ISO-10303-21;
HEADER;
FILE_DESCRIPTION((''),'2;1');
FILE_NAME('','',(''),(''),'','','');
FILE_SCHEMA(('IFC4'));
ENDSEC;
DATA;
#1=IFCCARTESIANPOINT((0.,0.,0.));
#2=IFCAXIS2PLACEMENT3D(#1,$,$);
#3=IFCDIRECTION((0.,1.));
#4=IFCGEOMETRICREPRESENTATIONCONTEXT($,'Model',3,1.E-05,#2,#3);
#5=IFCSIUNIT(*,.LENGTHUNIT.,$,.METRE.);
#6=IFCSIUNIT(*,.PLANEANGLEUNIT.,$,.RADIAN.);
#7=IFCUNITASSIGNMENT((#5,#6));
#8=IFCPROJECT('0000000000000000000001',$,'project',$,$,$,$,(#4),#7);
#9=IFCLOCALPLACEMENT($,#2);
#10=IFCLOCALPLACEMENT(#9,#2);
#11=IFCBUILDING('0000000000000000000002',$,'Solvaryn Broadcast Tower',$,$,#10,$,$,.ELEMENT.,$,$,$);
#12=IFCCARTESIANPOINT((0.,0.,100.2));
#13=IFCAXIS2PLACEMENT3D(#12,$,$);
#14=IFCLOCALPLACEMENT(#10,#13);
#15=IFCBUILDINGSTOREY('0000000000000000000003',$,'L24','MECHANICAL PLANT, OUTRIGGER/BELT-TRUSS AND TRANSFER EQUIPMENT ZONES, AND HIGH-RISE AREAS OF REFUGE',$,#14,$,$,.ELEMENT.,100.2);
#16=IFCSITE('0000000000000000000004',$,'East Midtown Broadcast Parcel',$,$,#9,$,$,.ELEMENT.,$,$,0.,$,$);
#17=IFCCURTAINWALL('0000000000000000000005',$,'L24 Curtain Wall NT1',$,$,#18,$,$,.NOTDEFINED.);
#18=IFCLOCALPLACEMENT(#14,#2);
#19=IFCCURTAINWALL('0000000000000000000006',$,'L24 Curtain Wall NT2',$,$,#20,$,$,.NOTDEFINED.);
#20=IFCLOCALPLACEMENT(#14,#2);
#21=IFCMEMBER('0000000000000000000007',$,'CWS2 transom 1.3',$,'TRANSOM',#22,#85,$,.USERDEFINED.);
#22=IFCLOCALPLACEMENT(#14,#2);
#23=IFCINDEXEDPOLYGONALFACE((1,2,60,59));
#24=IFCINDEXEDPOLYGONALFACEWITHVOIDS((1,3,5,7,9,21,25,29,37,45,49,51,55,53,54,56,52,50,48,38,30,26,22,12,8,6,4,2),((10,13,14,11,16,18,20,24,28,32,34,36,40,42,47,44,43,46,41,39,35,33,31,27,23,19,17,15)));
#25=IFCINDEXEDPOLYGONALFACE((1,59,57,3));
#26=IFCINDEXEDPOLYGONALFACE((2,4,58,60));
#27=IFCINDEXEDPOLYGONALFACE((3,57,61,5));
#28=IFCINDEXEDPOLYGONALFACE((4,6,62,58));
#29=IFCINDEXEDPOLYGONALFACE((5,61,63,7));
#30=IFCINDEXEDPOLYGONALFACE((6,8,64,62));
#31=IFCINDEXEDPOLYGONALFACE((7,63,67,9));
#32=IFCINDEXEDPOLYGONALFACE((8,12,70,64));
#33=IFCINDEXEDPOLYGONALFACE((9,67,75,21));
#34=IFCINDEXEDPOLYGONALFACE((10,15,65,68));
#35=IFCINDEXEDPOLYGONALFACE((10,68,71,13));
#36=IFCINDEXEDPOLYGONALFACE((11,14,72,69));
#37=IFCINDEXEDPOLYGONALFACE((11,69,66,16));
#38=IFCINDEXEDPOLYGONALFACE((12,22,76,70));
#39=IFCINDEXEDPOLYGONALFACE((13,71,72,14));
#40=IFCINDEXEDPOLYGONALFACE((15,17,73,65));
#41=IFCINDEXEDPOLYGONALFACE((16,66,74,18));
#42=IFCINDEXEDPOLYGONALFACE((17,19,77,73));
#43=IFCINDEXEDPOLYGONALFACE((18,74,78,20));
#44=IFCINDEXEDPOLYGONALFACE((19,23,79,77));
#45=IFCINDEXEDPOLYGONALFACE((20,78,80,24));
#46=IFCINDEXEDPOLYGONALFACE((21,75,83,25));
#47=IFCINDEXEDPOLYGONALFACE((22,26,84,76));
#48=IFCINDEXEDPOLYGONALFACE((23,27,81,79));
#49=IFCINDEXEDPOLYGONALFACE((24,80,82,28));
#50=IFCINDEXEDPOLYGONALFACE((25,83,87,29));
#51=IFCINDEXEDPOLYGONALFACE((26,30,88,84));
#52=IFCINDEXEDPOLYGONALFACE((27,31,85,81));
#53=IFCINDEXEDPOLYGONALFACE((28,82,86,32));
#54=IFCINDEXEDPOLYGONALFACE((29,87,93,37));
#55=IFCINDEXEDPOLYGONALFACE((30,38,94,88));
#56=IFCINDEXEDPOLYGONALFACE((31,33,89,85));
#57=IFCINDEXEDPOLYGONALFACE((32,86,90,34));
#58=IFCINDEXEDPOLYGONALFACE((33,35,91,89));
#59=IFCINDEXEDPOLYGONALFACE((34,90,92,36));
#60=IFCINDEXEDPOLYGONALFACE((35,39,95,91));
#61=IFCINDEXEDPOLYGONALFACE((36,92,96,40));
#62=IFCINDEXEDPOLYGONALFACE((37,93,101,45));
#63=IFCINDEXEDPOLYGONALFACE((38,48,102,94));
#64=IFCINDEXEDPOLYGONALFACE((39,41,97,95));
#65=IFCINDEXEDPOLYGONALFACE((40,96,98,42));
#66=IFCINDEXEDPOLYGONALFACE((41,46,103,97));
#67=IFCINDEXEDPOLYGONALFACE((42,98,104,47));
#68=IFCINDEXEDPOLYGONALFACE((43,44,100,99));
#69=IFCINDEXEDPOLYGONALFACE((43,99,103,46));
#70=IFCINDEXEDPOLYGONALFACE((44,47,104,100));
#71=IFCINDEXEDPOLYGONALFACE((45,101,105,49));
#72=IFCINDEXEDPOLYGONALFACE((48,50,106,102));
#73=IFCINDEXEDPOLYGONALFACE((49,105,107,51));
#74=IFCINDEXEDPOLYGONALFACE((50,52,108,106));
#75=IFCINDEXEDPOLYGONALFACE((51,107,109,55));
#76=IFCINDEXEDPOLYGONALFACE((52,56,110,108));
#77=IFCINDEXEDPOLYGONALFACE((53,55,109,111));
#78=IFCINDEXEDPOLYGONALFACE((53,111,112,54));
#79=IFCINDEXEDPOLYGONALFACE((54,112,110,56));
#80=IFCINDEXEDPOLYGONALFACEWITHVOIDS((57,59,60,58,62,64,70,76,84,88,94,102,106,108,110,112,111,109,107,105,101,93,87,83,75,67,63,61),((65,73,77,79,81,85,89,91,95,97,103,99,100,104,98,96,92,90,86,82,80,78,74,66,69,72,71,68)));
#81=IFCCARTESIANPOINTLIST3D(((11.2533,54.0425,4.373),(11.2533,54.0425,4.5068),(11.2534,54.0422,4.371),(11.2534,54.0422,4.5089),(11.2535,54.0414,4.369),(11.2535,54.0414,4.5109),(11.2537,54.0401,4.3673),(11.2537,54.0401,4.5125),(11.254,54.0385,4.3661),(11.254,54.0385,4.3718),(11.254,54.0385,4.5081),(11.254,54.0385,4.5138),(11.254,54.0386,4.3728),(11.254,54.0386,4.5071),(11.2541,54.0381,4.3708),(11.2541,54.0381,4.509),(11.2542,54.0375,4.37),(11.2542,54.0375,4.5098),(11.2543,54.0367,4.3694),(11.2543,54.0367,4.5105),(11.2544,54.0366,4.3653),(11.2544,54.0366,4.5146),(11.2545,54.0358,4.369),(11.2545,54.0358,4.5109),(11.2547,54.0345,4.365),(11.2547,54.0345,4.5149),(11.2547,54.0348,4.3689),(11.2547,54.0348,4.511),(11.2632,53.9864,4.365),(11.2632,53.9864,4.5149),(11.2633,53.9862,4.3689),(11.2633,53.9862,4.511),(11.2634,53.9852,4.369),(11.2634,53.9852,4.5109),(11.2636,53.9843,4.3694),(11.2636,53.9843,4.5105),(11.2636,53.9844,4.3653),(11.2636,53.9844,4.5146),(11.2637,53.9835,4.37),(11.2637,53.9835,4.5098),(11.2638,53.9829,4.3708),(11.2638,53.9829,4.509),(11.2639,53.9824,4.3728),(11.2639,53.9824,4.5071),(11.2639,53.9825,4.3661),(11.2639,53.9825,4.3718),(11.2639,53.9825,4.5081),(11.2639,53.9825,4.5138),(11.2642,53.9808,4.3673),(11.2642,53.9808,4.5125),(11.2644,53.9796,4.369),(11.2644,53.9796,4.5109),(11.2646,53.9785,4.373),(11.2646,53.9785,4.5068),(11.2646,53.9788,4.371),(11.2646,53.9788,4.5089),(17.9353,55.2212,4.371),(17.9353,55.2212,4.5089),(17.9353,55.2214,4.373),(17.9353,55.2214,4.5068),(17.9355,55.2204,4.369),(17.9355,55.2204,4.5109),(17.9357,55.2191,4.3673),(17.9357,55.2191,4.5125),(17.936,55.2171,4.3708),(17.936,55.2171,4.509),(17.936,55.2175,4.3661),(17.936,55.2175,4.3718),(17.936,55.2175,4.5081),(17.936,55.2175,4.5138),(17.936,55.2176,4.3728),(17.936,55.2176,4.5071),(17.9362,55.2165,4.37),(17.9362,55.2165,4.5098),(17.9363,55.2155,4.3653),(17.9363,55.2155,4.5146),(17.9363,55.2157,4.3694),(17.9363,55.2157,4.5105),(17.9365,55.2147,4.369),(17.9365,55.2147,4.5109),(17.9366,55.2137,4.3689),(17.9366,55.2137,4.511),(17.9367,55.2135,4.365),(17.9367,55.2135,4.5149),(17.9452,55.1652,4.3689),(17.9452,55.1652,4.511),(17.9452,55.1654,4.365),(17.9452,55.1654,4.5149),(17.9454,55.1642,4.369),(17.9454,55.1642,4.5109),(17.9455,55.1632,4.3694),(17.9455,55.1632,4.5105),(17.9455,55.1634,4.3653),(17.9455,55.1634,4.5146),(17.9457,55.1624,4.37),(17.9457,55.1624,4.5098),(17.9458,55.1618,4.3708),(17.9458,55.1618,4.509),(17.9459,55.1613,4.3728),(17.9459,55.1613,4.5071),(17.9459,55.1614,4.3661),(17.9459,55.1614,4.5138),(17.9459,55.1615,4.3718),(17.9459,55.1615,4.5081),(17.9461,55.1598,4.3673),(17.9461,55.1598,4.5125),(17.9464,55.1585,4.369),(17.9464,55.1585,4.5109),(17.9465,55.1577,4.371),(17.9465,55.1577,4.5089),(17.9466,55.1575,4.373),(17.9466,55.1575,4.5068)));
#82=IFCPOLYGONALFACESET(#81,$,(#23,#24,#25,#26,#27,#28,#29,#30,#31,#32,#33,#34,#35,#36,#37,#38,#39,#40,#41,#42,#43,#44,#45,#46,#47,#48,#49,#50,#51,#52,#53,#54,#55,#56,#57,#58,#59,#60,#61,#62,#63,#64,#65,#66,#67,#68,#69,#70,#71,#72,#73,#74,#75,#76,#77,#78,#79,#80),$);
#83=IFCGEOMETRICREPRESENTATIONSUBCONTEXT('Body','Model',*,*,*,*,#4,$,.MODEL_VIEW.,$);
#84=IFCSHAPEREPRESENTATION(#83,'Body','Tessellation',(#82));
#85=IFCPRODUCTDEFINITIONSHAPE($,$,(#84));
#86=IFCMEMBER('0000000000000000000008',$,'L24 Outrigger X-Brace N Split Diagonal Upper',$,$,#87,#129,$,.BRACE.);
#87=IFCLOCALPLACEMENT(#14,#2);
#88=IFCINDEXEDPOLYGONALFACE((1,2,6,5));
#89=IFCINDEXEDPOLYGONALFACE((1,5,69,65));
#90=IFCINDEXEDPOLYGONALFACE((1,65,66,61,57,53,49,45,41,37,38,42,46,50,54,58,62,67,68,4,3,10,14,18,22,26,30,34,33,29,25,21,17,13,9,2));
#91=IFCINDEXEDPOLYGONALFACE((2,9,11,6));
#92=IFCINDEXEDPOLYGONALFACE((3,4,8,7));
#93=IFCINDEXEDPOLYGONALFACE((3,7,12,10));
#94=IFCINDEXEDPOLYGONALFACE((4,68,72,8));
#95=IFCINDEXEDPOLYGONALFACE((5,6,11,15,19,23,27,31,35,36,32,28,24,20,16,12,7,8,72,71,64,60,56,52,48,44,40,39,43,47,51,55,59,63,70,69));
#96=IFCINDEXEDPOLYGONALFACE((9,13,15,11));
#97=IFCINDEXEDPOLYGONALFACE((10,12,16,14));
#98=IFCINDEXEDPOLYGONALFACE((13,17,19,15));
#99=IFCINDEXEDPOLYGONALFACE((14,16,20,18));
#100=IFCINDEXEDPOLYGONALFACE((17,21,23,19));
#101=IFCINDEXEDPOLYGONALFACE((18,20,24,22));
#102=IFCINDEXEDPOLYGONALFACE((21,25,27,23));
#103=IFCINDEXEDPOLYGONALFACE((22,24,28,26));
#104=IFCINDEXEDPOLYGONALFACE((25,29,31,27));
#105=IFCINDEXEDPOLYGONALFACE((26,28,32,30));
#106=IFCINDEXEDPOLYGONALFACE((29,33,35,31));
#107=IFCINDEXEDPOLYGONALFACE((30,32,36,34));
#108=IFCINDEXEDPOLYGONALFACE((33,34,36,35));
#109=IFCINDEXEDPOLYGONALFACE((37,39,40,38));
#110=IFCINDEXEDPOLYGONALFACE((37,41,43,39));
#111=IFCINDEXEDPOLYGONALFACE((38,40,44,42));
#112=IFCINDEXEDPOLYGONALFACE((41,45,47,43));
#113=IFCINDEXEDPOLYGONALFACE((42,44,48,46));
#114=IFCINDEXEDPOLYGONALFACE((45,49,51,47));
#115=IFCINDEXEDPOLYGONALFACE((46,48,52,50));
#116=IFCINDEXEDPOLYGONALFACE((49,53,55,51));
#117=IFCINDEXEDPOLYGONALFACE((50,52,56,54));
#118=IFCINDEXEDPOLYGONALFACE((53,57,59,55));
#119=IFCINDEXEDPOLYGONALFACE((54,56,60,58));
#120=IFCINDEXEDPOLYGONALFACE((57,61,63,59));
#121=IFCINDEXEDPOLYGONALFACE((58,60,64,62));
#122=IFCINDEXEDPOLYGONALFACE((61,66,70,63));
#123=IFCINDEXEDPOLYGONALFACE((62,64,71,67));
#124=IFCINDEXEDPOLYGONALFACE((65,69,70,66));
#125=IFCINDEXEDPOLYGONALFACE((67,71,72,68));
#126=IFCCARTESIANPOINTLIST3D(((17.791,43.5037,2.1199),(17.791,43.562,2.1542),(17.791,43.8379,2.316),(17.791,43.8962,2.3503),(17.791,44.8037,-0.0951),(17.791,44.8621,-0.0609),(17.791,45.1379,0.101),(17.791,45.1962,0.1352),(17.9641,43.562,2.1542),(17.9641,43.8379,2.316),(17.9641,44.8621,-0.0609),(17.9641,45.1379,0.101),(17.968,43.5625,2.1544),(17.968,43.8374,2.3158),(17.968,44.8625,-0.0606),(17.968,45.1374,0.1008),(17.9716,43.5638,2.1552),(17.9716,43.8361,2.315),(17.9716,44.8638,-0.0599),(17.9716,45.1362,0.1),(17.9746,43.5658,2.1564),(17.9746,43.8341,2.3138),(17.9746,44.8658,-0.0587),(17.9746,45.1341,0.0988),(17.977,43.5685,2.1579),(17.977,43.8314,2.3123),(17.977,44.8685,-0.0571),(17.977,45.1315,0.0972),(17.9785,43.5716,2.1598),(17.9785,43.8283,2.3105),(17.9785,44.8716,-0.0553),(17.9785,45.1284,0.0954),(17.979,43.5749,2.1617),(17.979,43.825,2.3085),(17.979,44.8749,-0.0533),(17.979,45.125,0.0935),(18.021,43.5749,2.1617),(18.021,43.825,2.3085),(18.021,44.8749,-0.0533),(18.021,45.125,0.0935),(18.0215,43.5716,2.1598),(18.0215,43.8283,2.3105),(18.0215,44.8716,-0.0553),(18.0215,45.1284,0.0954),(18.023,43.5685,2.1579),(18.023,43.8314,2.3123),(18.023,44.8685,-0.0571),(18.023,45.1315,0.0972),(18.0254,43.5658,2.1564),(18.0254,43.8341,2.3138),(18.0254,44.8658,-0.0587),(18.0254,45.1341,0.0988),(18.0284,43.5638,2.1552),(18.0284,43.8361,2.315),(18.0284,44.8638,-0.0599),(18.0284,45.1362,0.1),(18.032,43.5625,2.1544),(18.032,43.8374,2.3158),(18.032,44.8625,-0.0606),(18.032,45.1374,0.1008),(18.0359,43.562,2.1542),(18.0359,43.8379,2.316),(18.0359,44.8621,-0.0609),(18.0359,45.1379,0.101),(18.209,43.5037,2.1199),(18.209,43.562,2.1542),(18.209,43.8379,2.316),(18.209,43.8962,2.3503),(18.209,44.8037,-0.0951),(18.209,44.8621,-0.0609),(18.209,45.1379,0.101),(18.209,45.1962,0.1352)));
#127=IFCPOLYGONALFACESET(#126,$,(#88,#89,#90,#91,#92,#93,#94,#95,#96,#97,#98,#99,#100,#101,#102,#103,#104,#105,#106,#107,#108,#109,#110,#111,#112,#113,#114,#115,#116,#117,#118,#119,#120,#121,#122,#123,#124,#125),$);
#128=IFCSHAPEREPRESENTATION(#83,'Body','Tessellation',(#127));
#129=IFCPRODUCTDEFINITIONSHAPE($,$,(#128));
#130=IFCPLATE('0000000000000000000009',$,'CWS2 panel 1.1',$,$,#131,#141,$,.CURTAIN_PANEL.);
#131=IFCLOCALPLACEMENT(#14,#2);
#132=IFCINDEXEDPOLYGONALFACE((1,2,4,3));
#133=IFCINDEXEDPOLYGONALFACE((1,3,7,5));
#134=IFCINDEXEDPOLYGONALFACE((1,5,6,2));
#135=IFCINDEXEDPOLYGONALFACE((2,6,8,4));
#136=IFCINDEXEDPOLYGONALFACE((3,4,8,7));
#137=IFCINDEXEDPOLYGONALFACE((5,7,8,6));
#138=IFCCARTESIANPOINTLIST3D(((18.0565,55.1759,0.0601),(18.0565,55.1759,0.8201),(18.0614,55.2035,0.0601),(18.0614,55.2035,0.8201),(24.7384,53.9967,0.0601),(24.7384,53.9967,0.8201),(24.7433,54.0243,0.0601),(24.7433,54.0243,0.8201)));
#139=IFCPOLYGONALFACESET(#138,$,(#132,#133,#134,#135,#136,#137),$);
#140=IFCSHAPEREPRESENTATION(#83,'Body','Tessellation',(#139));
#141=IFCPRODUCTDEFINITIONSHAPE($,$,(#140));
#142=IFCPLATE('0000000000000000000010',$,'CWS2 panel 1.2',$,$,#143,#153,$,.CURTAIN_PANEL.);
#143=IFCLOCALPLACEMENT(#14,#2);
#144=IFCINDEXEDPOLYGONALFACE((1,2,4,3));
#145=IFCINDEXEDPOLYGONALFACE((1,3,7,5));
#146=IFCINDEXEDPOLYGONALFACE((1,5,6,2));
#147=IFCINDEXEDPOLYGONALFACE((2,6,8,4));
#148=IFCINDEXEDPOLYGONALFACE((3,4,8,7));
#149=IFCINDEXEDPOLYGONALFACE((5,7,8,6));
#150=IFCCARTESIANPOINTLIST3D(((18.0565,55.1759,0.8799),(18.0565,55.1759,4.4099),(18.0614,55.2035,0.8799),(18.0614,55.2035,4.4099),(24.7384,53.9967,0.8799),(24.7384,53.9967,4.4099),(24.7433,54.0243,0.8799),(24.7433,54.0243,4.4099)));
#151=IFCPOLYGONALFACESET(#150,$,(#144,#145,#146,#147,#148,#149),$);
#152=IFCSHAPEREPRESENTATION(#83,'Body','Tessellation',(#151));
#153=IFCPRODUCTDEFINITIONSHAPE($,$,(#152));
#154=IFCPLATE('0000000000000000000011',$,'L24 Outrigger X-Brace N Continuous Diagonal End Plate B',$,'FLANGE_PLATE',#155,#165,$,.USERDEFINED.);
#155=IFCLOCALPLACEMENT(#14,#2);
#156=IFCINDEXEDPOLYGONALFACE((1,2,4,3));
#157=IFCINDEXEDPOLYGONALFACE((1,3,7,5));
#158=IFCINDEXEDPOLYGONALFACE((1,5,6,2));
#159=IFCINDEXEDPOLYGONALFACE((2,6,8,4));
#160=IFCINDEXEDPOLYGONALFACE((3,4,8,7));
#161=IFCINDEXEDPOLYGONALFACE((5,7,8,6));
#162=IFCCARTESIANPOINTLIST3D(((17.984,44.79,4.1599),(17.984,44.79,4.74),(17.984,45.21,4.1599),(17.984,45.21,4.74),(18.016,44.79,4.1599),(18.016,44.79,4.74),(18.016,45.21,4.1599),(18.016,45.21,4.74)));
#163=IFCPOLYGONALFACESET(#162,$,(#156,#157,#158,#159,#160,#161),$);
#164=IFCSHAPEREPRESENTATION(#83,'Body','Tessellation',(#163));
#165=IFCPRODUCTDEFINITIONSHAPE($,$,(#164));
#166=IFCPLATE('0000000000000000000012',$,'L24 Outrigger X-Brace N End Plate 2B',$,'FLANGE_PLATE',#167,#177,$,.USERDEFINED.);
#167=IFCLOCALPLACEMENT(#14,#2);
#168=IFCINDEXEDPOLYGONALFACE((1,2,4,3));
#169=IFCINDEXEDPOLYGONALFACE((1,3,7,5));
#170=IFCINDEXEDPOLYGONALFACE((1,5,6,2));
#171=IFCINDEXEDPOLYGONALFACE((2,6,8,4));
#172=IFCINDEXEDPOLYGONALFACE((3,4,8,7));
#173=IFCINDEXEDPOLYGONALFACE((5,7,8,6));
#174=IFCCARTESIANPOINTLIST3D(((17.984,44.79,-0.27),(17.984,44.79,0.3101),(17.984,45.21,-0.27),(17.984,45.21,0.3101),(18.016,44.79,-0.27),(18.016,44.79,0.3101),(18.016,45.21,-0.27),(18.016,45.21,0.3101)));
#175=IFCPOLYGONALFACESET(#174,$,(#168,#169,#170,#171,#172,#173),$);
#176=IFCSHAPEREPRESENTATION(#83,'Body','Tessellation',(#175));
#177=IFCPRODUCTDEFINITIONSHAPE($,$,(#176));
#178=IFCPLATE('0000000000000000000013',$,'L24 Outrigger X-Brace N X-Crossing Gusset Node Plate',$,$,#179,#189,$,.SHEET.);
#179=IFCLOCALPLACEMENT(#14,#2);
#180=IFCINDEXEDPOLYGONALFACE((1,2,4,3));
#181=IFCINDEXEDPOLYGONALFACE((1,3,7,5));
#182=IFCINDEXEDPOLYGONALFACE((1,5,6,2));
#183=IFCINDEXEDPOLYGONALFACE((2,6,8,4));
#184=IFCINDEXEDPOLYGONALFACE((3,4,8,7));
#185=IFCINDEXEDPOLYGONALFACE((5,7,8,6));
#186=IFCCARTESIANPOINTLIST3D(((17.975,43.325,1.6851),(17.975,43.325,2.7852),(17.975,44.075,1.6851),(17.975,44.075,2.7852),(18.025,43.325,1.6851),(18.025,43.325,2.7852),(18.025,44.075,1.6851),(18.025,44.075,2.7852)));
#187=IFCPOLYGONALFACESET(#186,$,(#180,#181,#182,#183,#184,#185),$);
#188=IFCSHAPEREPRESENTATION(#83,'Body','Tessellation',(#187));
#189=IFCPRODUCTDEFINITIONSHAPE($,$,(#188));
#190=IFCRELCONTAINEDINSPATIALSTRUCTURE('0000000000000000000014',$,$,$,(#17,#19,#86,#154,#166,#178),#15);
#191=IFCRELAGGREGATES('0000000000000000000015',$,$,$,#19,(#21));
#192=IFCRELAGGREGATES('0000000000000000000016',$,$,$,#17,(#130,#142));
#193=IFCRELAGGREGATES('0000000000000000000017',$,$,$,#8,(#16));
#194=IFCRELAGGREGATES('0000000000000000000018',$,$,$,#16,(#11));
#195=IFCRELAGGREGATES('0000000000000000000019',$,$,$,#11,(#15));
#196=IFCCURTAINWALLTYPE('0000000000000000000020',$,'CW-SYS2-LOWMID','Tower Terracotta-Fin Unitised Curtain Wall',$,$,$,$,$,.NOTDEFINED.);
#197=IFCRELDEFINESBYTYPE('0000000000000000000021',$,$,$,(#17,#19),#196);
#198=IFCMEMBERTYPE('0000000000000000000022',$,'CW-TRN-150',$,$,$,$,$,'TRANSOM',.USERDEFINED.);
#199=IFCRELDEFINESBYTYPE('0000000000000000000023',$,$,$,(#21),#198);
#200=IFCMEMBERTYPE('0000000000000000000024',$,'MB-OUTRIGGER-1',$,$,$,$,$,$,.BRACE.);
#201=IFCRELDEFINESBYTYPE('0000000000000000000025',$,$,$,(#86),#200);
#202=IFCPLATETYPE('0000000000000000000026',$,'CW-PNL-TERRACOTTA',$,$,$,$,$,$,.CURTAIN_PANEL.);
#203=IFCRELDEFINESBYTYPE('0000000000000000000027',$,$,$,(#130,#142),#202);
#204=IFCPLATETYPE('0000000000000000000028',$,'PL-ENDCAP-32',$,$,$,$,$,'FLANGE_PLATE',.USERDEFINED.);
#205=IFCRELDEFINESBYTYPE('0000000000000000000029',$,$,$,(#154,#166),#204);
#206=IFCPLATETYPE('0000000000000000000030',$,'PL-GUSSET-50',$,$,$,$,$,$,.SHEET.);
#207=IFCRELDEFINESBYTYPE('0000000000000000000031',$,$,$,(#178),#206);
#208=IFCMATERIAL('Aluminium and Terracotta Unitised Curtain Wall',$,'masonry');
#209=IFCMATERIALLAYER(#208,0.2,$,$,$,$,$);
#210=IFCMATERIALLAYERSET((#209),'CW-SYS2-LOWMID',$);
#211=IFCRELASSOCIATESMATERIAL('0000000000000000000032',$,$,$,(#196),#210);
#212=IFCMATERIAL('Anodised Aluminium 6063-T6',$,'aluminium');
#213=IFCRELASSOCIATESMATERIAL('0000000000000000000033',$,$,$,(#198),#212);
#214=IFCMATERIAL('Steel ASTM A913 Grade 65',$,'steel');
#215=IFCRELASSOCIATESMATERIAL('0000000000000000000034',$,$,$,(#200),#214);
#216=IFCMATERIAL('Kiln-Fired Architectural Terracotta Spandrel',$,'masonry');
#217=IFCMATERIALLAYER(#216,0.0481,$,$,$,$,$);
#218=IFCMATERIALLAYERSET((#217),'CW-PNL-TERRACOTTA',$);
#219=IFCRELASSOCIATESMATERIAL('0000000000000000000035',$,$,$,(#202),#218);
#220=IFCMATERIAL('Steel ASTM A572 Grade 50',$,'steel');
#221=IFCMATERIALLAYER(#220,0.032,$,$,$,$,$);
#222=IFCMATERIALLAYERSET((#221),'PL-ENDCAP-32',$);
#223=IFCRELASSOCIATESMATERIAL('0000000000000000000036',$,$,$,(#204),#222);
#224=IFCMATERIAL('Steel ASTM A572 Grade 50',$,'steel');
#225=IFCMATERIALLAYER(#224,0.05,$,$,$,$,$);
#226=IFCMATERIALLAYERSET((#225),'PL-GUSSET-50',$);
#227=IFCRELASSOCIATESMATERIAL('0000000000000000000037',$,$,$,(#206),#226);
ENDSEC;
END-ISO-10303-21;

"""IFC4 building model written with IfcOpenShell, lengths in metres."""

from ifc_helpers import new_model, si_unit, direction, frame, origin, origin_2d, place, context, subcontext, project, spatial, rectangle, hollow_rectangle, i_section, extrude, material, layer, layer_set, material_profile, profile_set, type_object, element, aggregate, save


model = new_model("IFC4")

# Units and contexts
model_context = context("Model", 3, precision=1e-05, world=origin(), true_north=direction((0.0, 1.0)))
body_context = subcontext(model_context, "Body", "Model", "MODEL_VIEW")
ifc_project = project(units=[si_unit("LENGTHUNIT", "METRE"), si_unit("PLANEANGLEUNIT", "RADIAN")], contexts=[model_context])

# Site, building, storey
site_placement = place(None, origin())
site = spatial("IfcSite", under=ifc_project, at=site_placement, Name="East Midtown Broadcast Parcel", CompositionType="ELEMENT", RefElevation=0.0)
building_placement = place(site_placement, origin())
building = spatial("IfcBuilding", under=site, at=building_placement, Name="Solvaryn Broadcast Tower", CompositionType="ELEMENT")
storey_placement = place(building_placement, frame((0.0, 0.0, 100.2)))
storey = spatial("IfcBuildingStorey", under=building, at=storey_placement, Name="L24", Description="MECHANICAL PLANT, OUTRIGGER/BELT-TRUSS AND TRANSFER EQUIPMENT ZONES, AND HIGH-RISE AREAS OF REFUGE", CompositionType="ELEMENT", Elevation=100.2)

# Curtain wall
ifc_material_1 = material(Name="Aluminium and Terracotta Unitised Curtain Wall", Category="masonry")
ifc_layer_1 = layer(ifc_material_1, 0.2)
ifc_layer_set_1 = layer_set([ifc_layer_1], Name="CW-SYS2-LOWMID")
curtain_wall_type = type_object("IfcCurtainWallType", Name="CW-SYS2-LOWMID", Description="Tower Terracotta-Fin Unitised Curtain Wall", PredefinedType="NOTDEFINED", material=ifc_layer_set_1)
curtain_wall_1_placement = place(storey_placement, origin())
curtain_wall_1 = element("IfcCurtainWall", 1, at=curtain_wall_1_placement, inside=storey, type_object=curtain_wall_type, Name="L24 Curtain Wall NT1", PredefinedType="NOTDEFINED")

# Curtain wall
curtain_wall_2_placement = place(storey_placement, origin())
curtain_wall_2 = element("IfcCurtainWall", 2, at=curtain_wall_2_placement, inside=storey, type_object=curtain_wall_type, Name="L24 Curtain Wall NT2", PredefinedType="NOTDEFINED")

# Members
ifc_material_2 = material(Name="Anodised Aluminium 6063-T6", Category="aluminium")
ifc_material_profile_1 = material_profile(ifc_material_2, hollow_rectangle(XDim=0.0649, YDim=0.1499, WallThickness=0.0039, InnerFilletRadius=0.0039, OuterFilletRadius=0.0081, at=origin_2d()))
ifc_profile_set_1 = profile_set([ifc_material_profile_1], Name="Anodised Aluminium 6063-T6")
member_type_1 = type_object("IfcMemberType", Name="CW-TRN-150", ElementType="TRANSOM", PredefinedType="USERDEFINED", material=ifc_profile_set_1)
member_1_placement = place(storey_placement, frame((17.9409, 55.1895, 4.4399), z_axis=(-0.984789, -0.173757, 0.0), x_axis=(0.173757, -0.984789, 0.0)))
member_1 = element("IfcMember", 3, at=member_1_placement, type_object=member_type_1, Name="CWS2 transom 1.3", ObjectType="TRANSOM", PredefinedType="USERDEFINED", context=body_context, shape_type="SweptSolid", body=[
    extrude(hollow_rectangle(XDim=0.0649, YDim=0.1499, WallThickness=0.0039, InnerFilletRadius=0.0039, OuterFilletRadius=0.0081, at=origin_2d()), origin(), (0.0, 0.0, 1.0), 6.7852),
])
aggregate(curtain_wall_2, [member_1])
ifc_material_3 = material(Name="Steel ASTM A913 Grade 65", Category="steel")
ifc_material_profile_2 = material_profile(ifc_material_3, i_section(OverallWidth=0.418, OverallDepth=0.4551, WebThickness=0.042, FlangeThickness=0.0676, FilletRadius=0.0149, at=origin_2d()))
ifc_profile_set_2 = profile_set([ifc_material_profile_2], Name="Steel ASTM A913 Grade 65")
member_type_2 = type_object("IfcMemberType", Name="MB-OUTRIGGER-1", PredefinedType="BRACE", material=ifc_profile_set_2)
member_2_placement = place(storey_placement, frame((18.0, 43.7, 2.2351), z_axis=(0.0, 0.506168, -0.862435), x_axis=(-1.0, 0.0, 0.0)))
element("IfcMember", 4, at=member_2_placement, inside=storey, type_object=member_type_2, Name="L24 Outrigger X-Brace N Split Diagonal Upper", PredefinedType="BRACE", context=body_context, shape_type="SweptSolid", body=[
    extrude(i_section(OverallWidth=0.418, OverallDepth=0.4551, WebThickness=0.042, FlangeThickness=0.0676, FilletRadius=0.0149, at=origin_2d()), origin(), (0.0, 0.0, 1.0), 2.5684),
])

# Plates
ifc_material_4 = material(Name="Kiln-Fired Architectural Terracotta Spandrel", Category="masonry")
ifc_layer_2 = layer(ifc_material_4, 0.0481)
ifc_layer_set_2 = layer_set([ifc_layer_2], Name="CW-PNL-TERRACOTTA")
plate_type_1 = type_object("IfcPlateType", Name="CW-PNL-TERRACOTTA", PredefinedType="CURTAIN_PANEL", material=ifc_layer_set_2)
plate_1_placement = place(storey_placement, frame((21.3999, 54.6001, 0.0601), z_axis=(0.0, 0.0, 1.0), x_axis=(-0.984784, 0.173785, 0.0)))
plate_1 = element("IfcPlate", 5, at=plate_1_placement, type_object=plate_type_1, Name="CWS2 panel 1.1", PredefinedType="CURTAIN_PANEL", context=body_context, shape_type="SweptSolid", body=[
    extrude(rectangle(XDim=6.7852, YDim=0.0281, at=origin_2d()), origin(), (0.0, 0.0, 1.0), 0.76),
])
plate_2_placement = place(storey_placement, frame((21.3999, 54.6001, 0.8799), z_axis=(0.0, 0.0, 1.0), x_axis=(-0.984784, 0.173785, 0.0)))
plate_2 = element("IfcPlate", 6, at=plate_2_placement, type_object=plate_type_1, Name="CWS2 panel 1.2", PredefinedType="CURTAIN_PANEL", context=body_context, shape_type="SweptSolid", body=[
    extrude(rectangle(XDim=6.7852, YDim=0.0281, at=origin_2d()), origin(), (0.0, 0.0, 1.0), 3.53),
])
aggregate(curtain_wall_1, [plate_1, plate_2])

# Plates
ifc_material_5 = material(Name="Steel ASTM A572 Grade 50", Category="steel")
ifc_layer_3 = layer(ifc_material_5, 0.032)
ifc_layer_set_3 = layer_set([ifc_layer_3], Name="PL-ENDCAP-32")
plate_type_2 = type_object("IfcPlateType", Name="PL-ENDCAP-32", ElementType="FLANGE_PLATE", PredefinedType="USERDEFINED", material=ifc_layer_set_3)
for number, where, z_axis, x_axis, name in (
    (7, (18.0, 45.0, 4.1599), (0.0, 0.0, 1.0), (1.0, 0.0, 0.0), "L24 Outrigger X-Brace N Continuous Diagonal End Plate B"),
    (8, (18.0, 45.0, -0.27), (0.0, 0.0, 1.0), (1.0, 0.0, 0.0), "L24 Outrigger X-Brace N End Plate 2B"),
):
    element("IfcPlate", number, at=place(storey_placement, frame(where, z_axis=z_axis, x_axis=x_axis)), inside=storey, type_object=plate_type_2, Name=name, ObjectType="FLANGE_PLATE", PredefinedType="USERDEFINED", context=body_context, shape_type="SweptSolid", body=[
        extrude(rectangle(XDim=0.032, YDim=0.4199, at=origin_2d()), origin(), (0.0, 0.0, 1.0), 0.5801),
    ])
ifc_material_6 = material(Name="Steel ASTM A572 Grade 50", Category="steel")
ifc_layer_4 = layer(ifc_material_6, 0.05)
ifc_layer_set_4 = layer_set([ifc_layer_4], Name="PL-GUSSET-50")
plate_type_3 = type_object("IfcPlateType", Name="PL-GUSSET-50", PredefinedType="SHEET", material=ifc_layer_set_4)
plate_3_placement = place(storey_placement, frame((18.0, 43.7, 1.6851), z_axis=(0.0, 0.0, 1.0), x_axis=(1.0, 0.0, 0.0)))
element("IfcPlate", 9, at=plate_3_placement, inside=storey, type_object=plate_type_3, Name="L24 Outrigger X-Brace N X-Crossing Gusset Node Plate", PredefinedType="SHEET", context=body_context, shape_type="SweptSolid", body=[
    extrude(rectangle(XDim=0.05, YDim=0.75, at=origin_2d()), origin(), (0.0, 0.0, 1.0), 1.1001),
])

save(model, "model.ifc")
